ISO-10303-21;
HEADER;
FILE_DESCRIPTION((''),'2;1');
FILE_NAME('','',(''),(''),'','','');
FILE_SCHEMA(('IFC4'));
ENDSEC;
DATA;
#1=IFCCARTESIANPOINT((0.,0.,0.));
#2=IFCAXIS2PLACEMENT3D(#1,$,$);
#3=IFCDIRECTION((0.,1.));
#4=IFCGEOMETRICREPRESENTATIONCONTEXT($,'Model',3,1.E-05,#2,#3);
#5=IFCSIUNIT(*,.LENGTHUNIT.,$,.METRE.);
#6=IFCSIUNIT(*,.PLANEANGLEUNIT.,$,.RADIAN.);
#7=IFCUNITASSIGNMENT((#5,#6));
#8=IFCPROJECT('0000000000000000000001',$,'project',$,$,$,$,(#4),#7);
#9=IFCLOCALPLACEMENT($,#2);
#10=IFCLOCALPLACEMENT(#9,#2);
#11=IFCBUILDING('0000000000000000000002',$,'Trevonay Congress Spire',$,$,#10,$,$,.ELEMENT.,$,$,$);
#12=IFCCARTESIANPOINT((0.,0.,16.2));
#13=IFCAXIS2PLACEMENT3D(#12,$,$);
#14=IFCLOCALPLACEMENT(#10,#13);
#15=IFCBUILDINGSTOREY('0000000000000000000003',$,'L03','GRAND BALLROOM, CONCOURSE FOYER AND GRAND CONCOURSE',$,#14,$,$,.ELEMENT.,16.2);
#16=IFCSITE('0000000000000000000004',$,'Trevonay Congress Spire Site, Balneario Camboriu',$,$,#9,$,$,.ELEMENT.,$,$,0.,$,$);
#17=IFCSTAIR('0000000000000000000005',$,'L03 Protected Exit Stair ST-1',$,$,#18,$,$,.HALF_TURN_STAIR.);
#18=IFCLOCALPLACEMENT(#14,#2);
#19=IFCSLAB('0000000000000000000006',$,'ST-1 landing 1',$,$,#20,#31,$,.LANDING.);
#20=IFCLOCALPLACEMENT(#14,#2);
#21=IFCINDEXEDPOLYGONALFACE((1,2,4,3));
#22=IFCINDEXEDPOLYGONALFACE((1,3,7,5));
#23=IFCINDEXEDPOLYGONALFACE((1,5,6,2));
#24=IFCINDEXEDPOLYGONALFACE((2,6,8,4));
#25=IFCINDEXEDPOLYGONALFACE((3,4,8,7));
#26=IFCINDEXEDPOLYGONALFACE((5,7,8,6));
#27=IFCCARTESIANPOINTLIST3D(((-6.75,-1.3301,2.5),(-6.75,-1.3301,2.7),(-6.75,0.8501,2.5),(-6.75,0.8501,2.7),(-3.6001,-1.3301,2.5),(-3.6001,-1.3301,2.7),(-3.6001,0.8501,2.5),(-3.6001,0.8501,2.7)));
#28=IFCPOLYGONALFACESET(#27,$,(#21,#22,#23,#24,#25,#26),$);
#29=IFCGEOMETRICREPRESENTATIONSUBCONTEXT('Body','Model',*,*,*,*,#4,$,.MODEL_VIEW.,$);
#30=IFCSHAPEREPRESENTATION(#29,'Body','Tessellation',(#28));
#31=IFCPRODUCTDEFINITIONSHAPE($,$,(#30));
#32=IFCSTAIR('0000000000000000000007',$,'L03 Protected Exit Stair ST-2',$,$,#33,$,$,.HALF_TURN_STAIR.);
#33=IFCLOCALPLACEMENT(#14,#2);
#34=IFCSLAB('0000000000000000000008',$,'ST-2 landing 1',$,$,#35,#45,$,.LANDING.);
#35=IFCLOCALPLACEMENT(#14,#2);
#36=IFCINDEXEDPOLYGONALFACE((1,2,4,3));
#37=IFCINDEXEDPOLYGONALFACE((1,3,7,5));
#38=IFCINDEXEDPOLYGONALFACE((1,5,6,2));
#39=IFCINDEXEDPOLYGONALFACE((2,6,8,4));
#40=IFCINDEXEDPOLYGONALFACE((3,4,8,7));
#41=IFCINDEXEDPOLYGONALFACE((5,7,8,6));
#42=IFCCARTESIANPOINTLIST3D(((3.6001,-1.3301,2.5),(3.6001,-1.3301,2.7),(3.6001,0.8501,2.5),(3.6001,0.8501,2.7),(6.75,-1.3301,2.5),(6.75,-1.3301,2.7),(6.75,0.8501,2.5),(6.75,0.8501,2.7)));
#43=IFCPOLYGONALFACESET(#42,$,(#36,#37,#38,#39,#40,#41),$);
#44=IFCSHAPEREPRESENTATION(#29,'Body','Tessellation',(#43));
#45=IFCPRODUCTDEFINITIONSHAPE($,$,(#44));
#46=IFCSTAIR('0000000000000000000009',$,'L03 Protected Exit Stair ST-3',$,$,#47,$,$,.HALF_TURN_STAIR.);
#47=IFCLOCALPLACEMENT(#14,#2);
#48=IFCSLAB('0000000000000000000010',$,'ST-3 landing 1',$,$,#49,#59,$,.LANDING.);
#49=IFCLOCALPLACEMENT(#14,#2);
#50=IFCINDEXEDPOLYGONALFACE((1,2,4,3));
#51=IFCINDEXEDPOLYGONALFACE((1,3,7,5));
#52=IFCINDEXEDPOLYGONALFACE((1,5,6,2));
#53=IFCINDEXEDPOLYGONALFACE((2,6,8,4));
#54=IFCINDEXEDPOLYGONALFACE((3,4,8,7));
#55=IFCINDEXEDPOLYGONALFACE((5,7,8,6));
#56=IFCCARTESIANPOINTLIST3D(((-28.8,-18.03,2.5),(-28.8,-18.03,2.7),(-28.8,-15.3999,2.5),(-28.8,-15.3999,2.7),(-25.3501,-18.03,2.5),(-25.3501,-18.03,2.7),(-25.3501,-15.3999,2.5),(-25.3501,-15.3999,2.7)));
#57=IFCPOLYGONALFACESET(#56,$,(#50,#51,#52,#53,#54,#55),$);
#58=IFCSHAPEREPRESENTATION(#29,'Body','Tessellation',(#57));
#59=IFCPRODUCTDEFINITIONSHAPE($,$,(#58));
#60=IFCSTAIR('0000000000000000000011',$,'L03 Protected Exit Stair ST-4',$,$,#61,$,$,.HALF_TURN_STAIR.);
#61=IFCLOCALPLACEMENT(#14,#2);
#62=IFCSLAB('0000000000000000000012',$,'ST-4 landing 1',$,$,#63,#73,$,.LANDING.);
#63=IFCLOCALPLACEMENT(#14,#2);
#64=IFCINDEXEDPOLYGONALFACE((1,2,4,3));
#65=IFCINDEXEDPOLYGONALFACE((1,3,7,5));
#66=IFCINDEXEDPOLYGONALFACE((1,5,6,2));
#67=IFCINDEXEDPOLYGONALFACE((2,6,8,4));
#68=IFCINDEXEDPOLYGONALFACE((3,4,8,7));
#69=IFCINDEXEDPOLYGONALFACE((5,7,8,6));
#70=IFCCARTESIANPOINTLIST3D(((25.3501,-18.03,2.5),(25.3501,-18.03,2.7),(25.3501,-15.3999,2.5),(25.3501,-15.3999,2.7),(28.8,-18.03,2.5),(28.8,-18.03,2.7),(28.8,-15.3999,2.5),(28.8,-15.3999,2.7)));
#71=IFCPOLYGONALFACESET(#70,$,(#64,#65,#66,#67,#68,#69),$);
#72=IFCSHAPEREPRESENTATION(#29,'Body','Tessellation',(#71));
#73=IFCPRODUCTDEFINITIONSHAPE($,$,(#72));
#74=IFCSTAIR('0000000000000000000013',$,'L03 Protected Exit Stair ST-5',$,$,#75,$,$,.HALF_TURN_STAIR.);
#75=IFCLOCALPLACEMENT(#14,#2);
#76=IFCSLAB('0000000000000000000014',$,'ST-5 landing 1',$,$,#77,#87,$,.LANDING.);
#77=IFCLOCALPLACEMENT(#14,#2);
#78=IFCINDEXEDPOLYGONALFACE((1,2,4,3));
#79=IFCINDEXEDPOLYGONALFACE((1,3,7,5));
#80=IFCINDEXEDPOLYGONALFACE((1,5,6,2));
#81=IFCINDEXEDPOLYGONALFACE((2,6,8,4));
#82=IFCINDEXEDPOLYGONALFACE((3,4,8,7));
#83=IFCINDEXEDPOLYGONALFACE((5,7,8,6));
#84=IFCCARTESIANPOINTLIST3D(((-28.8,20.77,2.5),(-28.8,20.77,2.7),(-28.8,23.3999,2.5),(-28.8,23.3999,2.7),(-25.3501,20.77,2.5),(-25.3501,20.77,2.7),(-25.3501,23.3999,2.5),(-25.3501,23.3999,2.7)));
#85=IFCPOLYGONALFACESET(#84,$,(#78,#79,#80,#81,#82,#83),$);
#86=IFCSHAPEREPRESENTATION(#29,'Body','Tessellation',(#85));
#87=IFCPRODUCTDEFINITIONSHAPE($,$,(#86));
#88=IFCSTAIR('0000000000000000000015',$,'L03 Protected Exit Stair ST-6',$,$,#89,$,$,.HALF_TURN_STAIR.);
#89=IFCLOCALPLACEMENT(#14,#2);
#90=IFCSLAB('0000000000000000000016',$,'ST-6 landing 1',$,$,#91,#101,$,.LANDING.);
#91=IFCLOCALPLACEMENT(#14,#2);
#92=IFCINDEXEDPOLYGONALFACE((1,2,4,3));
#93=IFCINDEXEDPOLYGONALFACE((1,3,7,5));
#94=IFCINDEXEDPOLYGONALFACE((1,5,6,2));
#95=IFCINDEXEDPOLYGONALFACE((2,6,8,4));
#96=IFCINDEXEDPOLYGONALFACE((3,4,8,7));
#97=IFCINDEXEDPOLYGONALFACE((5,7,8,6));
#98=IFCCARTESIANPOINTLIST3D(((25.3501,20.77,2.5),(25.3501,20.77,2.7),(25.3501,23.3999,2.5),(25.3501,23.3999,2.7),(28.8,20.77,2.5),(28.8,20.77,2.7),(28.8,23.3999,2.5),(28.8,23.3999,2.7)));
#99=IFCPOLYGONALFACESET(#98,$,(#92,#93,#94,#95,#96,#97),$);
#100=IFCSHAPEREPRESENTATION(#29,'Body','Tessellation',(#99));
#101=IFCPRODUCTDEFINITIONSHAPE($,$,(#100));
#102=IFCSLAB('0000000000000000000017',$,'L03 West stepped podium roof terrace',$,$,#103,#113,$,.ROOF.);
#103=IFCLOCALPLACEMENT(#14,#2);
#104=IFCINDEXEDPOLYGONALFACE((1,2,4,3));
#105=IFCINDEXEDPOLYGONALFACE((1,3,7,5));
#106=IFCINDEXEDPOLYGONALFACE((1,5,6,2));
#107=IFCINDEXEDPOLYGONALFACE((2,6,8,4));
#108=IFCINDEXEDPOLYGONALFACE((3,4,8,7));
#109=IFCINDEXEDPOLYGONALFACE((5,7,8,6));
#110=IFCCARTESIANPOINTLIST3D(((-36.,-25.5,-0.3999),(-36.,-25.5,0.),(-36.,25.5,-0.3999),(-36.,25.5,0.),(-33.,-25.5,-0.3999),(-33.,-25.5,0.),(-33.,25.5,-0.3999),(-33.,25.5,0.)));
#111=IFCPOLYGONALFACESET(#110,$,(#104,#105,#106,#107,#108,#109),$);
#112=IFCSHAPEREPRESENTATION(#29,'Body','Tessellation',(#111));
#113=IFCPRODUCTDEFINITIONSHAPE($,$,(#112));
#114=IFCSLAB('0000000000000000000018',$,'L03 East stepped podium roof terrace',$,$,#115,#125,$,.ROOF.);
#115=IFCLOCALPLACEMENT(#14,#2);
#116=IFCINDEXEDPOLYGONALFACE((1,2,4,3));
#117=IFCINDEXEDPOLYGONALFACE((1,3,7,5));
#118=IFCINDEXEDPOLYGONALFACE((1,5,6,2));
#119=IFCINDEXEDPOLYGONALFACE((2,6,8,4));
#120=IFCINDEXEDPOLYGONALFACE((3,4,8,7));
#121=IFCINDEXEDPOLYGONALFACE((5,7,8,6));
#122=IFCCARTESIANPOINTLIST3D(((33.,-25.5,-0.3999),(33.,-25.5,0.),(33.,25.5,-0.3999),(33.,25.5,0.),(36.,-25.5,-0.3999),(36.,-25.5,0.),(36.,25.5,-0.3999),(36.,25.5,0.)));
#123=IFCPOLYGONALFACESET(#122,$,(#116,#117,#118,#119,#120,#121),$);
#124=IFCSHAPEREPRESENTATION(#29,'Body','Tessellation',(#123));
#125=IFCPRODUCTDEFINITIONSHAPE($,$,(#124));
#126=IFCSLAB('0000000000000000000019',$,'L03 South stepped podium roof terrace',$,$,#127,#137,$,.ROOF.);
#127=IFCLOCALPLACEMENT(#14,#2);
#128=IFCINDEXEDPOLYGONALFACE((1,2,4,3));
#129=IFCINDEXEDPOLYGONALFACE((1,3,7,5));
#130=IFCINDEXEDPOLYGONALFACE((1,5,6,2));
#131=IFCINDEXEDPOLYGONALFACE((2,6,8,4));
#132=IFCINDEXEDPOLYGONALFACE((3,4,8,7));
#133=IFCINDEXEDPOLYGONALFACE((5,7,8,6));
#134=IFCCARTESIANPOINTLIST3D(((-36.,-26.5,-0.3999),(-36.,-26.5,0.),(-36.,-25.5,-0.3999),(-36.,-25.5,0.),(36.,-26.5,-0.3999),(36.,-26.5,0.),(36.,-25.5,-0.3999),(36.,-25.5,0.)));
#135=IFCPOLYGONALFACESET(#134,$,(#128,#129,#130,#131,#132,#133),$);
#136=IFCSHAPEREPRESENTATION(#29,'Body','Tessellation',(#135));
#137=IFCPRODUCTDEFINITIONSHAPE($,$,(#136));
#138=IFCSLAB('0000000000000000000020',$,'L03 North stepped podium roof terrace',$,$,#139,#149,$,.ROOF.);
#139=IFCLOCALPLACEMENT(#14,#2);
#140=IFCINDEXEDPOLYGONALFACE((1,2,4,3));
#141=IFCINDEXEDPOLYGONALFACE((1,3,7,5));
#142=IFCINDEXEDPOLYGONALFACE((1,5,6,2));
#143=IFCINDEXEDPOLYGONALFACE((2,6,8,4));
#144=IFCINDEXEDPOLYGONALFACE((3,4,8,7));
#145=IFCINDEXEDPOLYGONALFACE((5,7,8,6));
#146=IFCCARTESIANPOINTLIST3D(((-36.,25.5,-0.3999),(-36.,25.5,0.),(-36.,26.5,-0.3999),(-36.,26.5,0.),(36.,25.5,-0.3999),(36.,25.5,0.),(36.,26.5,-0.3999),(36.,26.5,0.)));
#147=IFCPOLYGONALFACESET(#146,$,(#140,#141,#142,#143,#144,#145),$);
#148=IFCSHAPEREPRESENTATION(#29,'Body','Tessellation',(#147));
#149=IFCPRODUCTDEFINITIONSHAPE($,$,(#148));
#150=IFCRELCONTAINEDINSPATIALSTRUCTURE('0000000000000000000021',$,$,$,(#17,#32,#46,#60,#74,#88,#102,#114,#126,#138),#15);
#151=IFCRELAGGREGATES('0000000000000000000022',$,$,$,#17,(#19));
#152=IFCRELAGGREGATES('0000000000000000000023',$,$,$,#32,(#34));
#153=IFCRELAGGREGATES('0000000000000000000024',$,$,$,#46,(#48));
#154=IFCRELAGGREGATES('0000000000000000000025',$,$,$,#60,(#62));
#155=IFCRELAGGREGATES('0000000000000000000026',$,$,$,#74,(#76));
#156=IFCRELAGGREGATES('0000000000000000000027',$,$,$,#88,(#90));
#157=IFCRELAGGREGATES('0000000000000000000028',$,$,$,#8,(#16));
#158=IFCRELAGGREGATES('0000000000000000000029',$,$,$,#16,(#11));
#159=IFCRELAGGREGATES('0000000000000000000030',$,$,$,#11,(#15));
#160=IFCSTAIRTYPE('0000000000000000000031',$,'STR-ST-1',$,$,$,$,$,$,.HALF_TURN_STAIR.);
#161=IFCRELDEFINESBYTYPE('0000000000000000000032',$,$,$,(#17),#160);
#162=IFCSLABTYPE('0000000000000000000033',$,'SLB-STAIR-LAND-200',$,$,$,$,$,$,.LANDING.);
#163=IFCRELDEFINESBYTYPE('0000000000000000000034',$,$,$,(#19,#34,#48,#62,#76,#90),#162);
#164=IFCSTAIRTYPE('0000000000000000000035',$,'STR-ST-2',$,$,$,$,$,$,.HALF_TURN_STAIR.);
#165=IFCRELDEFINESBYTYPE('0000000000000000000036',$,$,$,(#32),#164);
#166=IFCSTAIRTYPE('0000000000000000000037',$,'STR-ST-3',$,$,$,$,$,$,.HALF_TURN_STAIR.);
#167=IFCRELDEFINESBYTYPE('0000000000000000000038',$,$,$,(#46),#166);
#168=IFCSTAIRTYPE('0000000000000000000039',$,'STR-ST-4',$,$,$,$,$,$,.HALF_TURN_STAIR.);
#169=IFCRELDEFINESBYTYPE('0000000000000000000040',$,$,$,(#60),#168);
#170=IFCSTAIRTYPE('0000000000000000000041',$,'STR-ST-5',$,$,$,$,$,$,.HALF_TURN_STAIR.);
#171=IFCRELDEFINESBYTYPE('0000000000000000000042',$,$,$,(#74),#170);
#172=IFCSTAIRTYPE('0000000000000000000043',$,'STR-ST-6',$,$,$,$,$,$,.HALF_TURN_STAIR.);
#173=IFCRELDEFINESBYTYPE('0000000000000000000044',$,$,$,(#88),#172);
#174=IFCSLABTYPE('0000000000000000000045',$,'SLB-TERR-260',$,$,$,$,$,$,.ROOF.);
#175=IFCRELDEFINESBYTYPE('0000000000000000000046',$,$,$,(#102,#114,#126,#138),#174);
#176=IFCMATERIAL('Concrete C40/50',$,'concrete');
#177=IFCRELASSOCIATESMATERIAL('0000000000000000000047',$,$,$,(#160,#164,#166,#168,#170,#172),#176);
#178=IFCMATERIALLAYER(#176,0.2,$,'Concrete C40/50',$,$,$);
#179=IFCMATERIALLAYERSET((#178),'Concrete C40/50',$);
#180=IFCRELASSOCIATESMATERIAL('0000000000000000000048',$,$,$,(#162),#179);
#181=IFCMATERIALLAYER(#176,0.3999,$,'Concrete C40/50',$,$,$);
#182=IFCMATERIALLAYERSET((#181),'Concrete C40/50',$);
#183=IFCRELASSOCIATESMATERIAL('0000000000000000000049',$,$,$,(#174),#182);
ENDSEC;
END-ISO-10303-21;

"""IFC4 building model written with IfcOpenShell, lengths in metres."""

from ifc_helpers import new_model, si_unit, direction, frame, origin, place, context, subcontext, project, spatial, polyline, outline, extrude, material, layer, layer_set, type_object, element, aggregate, save


model = new_model("IFC4")

# Units and contexts
model_context = context("Model", 3, precision=1e-05, world=origin(), true_north=direction((0.0, 1.0)))
body_context = subcontext(model_context, "Body", "Model", "MODEL_VIEW")
ifc_project = project(units=[si_unit("LENGTHUNIT", "METRE"), si_unit("PLANEANGLEUNIT", "RADIAN")], contexts=[model_context])

# Site, building, storey
site_placement = place(None, origin())
site = spatial("IfcSite", under=ifc_project, at=site_placement, Name="Trevonay Congress Spire Site, Balneario Camboriu", CompositionType="ELEMENT", RefElevation=0.0)
building_placement = place(site_placement, origin())
building = spatial("IfcBuilding", under=site, at=building_placement, Name="Trevonay Congress Spire", CompositionType="ELEMENT")
storey_placement = place(building_placement, frame((0.0, 0.0, 16.2)))
storey = spatial("IfcBuildingStorey", under=building, at=storey_placement, Name="L03", Description="GRAND BALLROOM, CONCOURSE FOYER AND GRAND CONCOURSE", CompositionType="ELEMENT", Elevation=16.2)

# Stairs, slabs
ifc_material_1 = material(Name="Concrete C40/50", Category="concrete")
stair_type_1 = type_object("IfcStairType", Name="STR-ST-1", PredefinedType="HALF_TURN_STAIR", material=ifc_material_1)
stair_1_placement = place(storey_placement, origin())
stair_1 = element("IfcStair", 1, at=stair_1_placement, inside=storey, type_object=stair_type_1, Name="L03 Protected Exit Stair ST-1", PredefinedType="HALF_TURN_STAIR")
ifc_layer_1 = layer(ifc_material_1, 0.2, Name="Concrete C40/50")
ifc_layer_set_1 = layer_set([ifc_layer_1], Name="Concrete C40/50")
slab_type_1 = type_object("IfcSlabType", Name="SLB-STAIR-LAND-200", PredefinedType="LANDING", material=ifc_layer_set_1)
slab_1_placement = place(storey_placement, frame((0.0, 0.0, 2.5)))
slab_1 = element("IfcSlab", 2, at=slab_1_placement, type_object=slab_type_1, Name="ST-1 landing 1", PredefinedType="LANDING", context=body_context, shape_type="SweptSolid", body=[
    extrude(outline(polyline([(-3.6001, -1.3301), (-3.6001, 0.8501), (-6.75, 0.8501), (-6.75, -1.3301), (-3.6001, -1.3301)])), origin(), (0.0, 0.0, 1.0), 0.2),
])
aggregate(stair_1, [slab_1])
stair_type_2 = type_object("IfcStairType", Name="STR-ST-2", PredefinedType="HALF_TURN_STAIR", material=ifc_material_1)
stair_2_placement = place(storey_placement, origin())
stair_2 = element("IfcStair", 3, at=stair_2_placement, inside=storey, type_object=stair_type_2, Name="L03 Protected Exit Stair ST-2", PredefinedType="HALF_TURN_STAIR")
slab_2_placement = place(storey_placement, frame((0.0, 0.0, 2.5)))
slab_2 = element("IfcSlab", 4, at=slab_2_placement, type_object=slab_type_1, Name="ST-2 landing 1", PredefinedType="LANDING", context=body_context, shape_type="SweptSolid", body=[
    extrude(outline(polyline([(6.75, -1.3301), (6.75, 0.8501), (3.6001, 0.8501), (3.6001, -1.3301), (6.75, -1.3301)])), origin(), (0.0, 0.0, 1.0), 0.2),
])
aggregate(stair_2, [slab_2])
stair_type_3 = type_object("IfcStairType", Name="STR-ST-3", PredefinedType="HALF_TURN_STAIR", material=ifc_material_1)
stair_3_placement = place(storey_placement, origin())
stair_3 = element("IfcStair", 5, at=stair_3_placement, inside=storey, type_object=stair_type_3, Name="L03 Protected Exit Stair ST-3", PredefinedType="HALF_TURN_STAIR")
slab_3_placement = place(storey_placement, frame((0.0, 0.0, 2.5)))
slab_3 = element("IfcSlab", 6, at=slab_3_placement, type_object=slab_type_1, Name="ST-3 landing 1", PredefinedType="LANDING", context=body_context, shape_type="SweptSolid", body=[
    extrude(outline(polyline([(-25.3501, -18.03), (-25.3501, -15.3999), (-28.8, -15.3999), (-28.8, -18.03), (-25.3501, -18.03)])), origin(), (0.0, 0.0, 1.0), 0.2),
])
aggregate(stair_3, [slab_3])
stair_type_4 = type_object("IfcStairType", Name="STR-ST-4", PredefinedType="HALF_TURN_STAIR", material=ifc_material_1)
stair_4_placement = place(storey_placement, origin())
stair_4 = element("IfcStair", 7, at=stair_4_placement, inside=storey, type_object=stair_type_4, Name="L03 Protected Exit Stair ST-4", PredefinedType="HALF_TURN_STAIR")
slab_4_placement = place(storey_placement, frame((0.0, 0.0, 2.5)))
slab_4 = element("IfcSlab", 8, at=slab_4_placement, type_object=slab_type_1, Name="ST-4 landing 1", PredefinedType="LANDING", context=body_context, shape_type="SweptSolid", body=[
    extrude(outline(polyline([(28.8, -18.03), (28.8, -15.3999), (25.3501, -15.3999), (25.3501, -18.03), (28.8, -18.03)])), origin(), (0.0, 0.0, 1.0), 0.2),
])
aggregate(stair_4, [slab_4])
stair_type_5 = type_object("IfcStairType", Name="STR-ST-5", PredefinedType="HALF_TURN_STAIR", material=ifc_material_1)
stair_5_placement = place(storey_placement, origin())
stair_5 = element("IfcStair", 9, at=stair_5_placement, inside=storey, type_object=stair_type_5, Name="L03 Protected Exit Stair ST-5", PredefinedType="HALF_TURN_STAIR")
slab_5_placement = place(storey_placement, frame((0.0, 0.0, 2.5)))
slab_5 = element("IfcSlab", 10, at=slab_5_placement, type_object=slab_type_1, Name="ST-5 landing 1", PredefinedType="LANDING", context=body_context, shape_type="SweptSolid", body=[
    extrude(outline(polyline([(-25.3501, 20.77), (-25.3501, 23.3999), (-28.8, 23.3999), (-28.8, 20.77), (-25.3501, 20.77)])), origin(), (0.0, 0.0, 1.0), 0.2),
])
aggregate(stair_5, [slab_5])
stair_type_6 = type_object("IfcStairType", Name="STR-ST-6", PredefinedType="HALF_TURN_STAIR", material=ifc_material_1)
stair_6_placement = place(storey_placement, origin())
stair_6 = element("IfcStair", 11, at=stair_6_placement, inside=storey, type_object=stair_type_6, Name="L03 Protected Exit Stair ST-6", PredefinedType="HALF_TURN_STAIR")
slab_6_placement = place(storey_placement, frame((0.0, 0.0, 2.5)))
slab_6 = element("IfcSlab", 12, at=slab_6_placement, type_object=slab_type_1, Name="ST-6 landing 1", PredefinedType="LANDING", context=body_context, shape_type="SweptSolid", body=[
    extrude(outline(polyline([(28.8, 20.77), (28.8, 23.3999), (25.3501, 23.3999), (25.3501, 20.77), (28.8, 20.77)])), origin(), (0.0, 0.0, 1.0), 0.2),
])
aggregate(stair_6, [slab_6])

# Slabs
ifc_layer_2 = layer(ifc_material_1, 0.3999, Name="Concrete C40/50")
ifc_layer_set_2 = layer_set([ifc_layer_2], Name="Concrete C40/50")
slab_type_2 = type_object("IfcSlabType", Name="SLB-TERR-260", PredefinedType="ROOF", material=ifc_layer_set_2)
slab_7_placement = place(storey_placement, frame((0.0, 0.0, -0.3999)))
element("IfcSlab", 13, at=slab_7_placement, inside=storey, type_object=slab_type_2, Name="L03 West stepped podium roof terrace", PredefinedType="ROOF", context=body_context, shape_type="SweptSolid", body=[
    extrude(outline(polyline([(-36.0, -25.5), (-33.0, -25.5), (-33.0, 25.5), (-36.0, 25.5), (-36.0, -25.5)])), origin(), (0.0, 0.0, 1.0), 0.3999),
])
slab_8_placement = place(storey_placement, frame((0.0, 0.0, -0.3999)))
element("IfcSlab", 14, at=slab_8_placement, inside=storey, type_object=slab_type_2, Name="L03 East stepped podium roof terrace", PredefinedType="ROOF", context=body_context, shape_type="SweptSolid", body=[
    extrude(outline(polyline([(33.0, -25.5), (36.0, -25.5), (36.0, 25.5), (33.0, 25.5), (33.0, -25.5)])), origin(), (0.0, 0.0, 1.0), 0.3999),
])
slab_9_placement = place(storey_placement, frame((0.0, 0.0, -0.3999)))
element("IfcSlab", 15, at=slab_9_placement, inside=storey, type_object=slab_type_2, Name="L03 South stepped podium roof terrace", PredefinedType="ROOF", context=body_context, shape_type="SweptSolid", body=[
    extrude(outline(polyline([(-36.0, -26.5), (36.0, -26.5), (36.0, -25.5), (-36.0, -25.5), (-36.0, -26.5)])), origin(), (0.0, 0.0, 1.0), 0.3999),
])
slab_10_placement = place(storey_placement, frame((0.0, 0.0, -0.3999)))
element("IfcSlab", 16, at=slab_10_placement, inside=storey, type_object=slab_type_2, Name="L03 North stepped podium roof terrace", PredefinedType="ROOF", context=body_context, shape_type="SweptSolid", body=[
    extrude(outline(polyline([(-36.0, 25.5), (36.0, 25.5), (36.0, 26.5), (-36.0, 26.5), (-36.0, 25.5)])), origin(), (0.0, 0.0, 1.0), 0.3999),
])

save(model, "model.ifc")
